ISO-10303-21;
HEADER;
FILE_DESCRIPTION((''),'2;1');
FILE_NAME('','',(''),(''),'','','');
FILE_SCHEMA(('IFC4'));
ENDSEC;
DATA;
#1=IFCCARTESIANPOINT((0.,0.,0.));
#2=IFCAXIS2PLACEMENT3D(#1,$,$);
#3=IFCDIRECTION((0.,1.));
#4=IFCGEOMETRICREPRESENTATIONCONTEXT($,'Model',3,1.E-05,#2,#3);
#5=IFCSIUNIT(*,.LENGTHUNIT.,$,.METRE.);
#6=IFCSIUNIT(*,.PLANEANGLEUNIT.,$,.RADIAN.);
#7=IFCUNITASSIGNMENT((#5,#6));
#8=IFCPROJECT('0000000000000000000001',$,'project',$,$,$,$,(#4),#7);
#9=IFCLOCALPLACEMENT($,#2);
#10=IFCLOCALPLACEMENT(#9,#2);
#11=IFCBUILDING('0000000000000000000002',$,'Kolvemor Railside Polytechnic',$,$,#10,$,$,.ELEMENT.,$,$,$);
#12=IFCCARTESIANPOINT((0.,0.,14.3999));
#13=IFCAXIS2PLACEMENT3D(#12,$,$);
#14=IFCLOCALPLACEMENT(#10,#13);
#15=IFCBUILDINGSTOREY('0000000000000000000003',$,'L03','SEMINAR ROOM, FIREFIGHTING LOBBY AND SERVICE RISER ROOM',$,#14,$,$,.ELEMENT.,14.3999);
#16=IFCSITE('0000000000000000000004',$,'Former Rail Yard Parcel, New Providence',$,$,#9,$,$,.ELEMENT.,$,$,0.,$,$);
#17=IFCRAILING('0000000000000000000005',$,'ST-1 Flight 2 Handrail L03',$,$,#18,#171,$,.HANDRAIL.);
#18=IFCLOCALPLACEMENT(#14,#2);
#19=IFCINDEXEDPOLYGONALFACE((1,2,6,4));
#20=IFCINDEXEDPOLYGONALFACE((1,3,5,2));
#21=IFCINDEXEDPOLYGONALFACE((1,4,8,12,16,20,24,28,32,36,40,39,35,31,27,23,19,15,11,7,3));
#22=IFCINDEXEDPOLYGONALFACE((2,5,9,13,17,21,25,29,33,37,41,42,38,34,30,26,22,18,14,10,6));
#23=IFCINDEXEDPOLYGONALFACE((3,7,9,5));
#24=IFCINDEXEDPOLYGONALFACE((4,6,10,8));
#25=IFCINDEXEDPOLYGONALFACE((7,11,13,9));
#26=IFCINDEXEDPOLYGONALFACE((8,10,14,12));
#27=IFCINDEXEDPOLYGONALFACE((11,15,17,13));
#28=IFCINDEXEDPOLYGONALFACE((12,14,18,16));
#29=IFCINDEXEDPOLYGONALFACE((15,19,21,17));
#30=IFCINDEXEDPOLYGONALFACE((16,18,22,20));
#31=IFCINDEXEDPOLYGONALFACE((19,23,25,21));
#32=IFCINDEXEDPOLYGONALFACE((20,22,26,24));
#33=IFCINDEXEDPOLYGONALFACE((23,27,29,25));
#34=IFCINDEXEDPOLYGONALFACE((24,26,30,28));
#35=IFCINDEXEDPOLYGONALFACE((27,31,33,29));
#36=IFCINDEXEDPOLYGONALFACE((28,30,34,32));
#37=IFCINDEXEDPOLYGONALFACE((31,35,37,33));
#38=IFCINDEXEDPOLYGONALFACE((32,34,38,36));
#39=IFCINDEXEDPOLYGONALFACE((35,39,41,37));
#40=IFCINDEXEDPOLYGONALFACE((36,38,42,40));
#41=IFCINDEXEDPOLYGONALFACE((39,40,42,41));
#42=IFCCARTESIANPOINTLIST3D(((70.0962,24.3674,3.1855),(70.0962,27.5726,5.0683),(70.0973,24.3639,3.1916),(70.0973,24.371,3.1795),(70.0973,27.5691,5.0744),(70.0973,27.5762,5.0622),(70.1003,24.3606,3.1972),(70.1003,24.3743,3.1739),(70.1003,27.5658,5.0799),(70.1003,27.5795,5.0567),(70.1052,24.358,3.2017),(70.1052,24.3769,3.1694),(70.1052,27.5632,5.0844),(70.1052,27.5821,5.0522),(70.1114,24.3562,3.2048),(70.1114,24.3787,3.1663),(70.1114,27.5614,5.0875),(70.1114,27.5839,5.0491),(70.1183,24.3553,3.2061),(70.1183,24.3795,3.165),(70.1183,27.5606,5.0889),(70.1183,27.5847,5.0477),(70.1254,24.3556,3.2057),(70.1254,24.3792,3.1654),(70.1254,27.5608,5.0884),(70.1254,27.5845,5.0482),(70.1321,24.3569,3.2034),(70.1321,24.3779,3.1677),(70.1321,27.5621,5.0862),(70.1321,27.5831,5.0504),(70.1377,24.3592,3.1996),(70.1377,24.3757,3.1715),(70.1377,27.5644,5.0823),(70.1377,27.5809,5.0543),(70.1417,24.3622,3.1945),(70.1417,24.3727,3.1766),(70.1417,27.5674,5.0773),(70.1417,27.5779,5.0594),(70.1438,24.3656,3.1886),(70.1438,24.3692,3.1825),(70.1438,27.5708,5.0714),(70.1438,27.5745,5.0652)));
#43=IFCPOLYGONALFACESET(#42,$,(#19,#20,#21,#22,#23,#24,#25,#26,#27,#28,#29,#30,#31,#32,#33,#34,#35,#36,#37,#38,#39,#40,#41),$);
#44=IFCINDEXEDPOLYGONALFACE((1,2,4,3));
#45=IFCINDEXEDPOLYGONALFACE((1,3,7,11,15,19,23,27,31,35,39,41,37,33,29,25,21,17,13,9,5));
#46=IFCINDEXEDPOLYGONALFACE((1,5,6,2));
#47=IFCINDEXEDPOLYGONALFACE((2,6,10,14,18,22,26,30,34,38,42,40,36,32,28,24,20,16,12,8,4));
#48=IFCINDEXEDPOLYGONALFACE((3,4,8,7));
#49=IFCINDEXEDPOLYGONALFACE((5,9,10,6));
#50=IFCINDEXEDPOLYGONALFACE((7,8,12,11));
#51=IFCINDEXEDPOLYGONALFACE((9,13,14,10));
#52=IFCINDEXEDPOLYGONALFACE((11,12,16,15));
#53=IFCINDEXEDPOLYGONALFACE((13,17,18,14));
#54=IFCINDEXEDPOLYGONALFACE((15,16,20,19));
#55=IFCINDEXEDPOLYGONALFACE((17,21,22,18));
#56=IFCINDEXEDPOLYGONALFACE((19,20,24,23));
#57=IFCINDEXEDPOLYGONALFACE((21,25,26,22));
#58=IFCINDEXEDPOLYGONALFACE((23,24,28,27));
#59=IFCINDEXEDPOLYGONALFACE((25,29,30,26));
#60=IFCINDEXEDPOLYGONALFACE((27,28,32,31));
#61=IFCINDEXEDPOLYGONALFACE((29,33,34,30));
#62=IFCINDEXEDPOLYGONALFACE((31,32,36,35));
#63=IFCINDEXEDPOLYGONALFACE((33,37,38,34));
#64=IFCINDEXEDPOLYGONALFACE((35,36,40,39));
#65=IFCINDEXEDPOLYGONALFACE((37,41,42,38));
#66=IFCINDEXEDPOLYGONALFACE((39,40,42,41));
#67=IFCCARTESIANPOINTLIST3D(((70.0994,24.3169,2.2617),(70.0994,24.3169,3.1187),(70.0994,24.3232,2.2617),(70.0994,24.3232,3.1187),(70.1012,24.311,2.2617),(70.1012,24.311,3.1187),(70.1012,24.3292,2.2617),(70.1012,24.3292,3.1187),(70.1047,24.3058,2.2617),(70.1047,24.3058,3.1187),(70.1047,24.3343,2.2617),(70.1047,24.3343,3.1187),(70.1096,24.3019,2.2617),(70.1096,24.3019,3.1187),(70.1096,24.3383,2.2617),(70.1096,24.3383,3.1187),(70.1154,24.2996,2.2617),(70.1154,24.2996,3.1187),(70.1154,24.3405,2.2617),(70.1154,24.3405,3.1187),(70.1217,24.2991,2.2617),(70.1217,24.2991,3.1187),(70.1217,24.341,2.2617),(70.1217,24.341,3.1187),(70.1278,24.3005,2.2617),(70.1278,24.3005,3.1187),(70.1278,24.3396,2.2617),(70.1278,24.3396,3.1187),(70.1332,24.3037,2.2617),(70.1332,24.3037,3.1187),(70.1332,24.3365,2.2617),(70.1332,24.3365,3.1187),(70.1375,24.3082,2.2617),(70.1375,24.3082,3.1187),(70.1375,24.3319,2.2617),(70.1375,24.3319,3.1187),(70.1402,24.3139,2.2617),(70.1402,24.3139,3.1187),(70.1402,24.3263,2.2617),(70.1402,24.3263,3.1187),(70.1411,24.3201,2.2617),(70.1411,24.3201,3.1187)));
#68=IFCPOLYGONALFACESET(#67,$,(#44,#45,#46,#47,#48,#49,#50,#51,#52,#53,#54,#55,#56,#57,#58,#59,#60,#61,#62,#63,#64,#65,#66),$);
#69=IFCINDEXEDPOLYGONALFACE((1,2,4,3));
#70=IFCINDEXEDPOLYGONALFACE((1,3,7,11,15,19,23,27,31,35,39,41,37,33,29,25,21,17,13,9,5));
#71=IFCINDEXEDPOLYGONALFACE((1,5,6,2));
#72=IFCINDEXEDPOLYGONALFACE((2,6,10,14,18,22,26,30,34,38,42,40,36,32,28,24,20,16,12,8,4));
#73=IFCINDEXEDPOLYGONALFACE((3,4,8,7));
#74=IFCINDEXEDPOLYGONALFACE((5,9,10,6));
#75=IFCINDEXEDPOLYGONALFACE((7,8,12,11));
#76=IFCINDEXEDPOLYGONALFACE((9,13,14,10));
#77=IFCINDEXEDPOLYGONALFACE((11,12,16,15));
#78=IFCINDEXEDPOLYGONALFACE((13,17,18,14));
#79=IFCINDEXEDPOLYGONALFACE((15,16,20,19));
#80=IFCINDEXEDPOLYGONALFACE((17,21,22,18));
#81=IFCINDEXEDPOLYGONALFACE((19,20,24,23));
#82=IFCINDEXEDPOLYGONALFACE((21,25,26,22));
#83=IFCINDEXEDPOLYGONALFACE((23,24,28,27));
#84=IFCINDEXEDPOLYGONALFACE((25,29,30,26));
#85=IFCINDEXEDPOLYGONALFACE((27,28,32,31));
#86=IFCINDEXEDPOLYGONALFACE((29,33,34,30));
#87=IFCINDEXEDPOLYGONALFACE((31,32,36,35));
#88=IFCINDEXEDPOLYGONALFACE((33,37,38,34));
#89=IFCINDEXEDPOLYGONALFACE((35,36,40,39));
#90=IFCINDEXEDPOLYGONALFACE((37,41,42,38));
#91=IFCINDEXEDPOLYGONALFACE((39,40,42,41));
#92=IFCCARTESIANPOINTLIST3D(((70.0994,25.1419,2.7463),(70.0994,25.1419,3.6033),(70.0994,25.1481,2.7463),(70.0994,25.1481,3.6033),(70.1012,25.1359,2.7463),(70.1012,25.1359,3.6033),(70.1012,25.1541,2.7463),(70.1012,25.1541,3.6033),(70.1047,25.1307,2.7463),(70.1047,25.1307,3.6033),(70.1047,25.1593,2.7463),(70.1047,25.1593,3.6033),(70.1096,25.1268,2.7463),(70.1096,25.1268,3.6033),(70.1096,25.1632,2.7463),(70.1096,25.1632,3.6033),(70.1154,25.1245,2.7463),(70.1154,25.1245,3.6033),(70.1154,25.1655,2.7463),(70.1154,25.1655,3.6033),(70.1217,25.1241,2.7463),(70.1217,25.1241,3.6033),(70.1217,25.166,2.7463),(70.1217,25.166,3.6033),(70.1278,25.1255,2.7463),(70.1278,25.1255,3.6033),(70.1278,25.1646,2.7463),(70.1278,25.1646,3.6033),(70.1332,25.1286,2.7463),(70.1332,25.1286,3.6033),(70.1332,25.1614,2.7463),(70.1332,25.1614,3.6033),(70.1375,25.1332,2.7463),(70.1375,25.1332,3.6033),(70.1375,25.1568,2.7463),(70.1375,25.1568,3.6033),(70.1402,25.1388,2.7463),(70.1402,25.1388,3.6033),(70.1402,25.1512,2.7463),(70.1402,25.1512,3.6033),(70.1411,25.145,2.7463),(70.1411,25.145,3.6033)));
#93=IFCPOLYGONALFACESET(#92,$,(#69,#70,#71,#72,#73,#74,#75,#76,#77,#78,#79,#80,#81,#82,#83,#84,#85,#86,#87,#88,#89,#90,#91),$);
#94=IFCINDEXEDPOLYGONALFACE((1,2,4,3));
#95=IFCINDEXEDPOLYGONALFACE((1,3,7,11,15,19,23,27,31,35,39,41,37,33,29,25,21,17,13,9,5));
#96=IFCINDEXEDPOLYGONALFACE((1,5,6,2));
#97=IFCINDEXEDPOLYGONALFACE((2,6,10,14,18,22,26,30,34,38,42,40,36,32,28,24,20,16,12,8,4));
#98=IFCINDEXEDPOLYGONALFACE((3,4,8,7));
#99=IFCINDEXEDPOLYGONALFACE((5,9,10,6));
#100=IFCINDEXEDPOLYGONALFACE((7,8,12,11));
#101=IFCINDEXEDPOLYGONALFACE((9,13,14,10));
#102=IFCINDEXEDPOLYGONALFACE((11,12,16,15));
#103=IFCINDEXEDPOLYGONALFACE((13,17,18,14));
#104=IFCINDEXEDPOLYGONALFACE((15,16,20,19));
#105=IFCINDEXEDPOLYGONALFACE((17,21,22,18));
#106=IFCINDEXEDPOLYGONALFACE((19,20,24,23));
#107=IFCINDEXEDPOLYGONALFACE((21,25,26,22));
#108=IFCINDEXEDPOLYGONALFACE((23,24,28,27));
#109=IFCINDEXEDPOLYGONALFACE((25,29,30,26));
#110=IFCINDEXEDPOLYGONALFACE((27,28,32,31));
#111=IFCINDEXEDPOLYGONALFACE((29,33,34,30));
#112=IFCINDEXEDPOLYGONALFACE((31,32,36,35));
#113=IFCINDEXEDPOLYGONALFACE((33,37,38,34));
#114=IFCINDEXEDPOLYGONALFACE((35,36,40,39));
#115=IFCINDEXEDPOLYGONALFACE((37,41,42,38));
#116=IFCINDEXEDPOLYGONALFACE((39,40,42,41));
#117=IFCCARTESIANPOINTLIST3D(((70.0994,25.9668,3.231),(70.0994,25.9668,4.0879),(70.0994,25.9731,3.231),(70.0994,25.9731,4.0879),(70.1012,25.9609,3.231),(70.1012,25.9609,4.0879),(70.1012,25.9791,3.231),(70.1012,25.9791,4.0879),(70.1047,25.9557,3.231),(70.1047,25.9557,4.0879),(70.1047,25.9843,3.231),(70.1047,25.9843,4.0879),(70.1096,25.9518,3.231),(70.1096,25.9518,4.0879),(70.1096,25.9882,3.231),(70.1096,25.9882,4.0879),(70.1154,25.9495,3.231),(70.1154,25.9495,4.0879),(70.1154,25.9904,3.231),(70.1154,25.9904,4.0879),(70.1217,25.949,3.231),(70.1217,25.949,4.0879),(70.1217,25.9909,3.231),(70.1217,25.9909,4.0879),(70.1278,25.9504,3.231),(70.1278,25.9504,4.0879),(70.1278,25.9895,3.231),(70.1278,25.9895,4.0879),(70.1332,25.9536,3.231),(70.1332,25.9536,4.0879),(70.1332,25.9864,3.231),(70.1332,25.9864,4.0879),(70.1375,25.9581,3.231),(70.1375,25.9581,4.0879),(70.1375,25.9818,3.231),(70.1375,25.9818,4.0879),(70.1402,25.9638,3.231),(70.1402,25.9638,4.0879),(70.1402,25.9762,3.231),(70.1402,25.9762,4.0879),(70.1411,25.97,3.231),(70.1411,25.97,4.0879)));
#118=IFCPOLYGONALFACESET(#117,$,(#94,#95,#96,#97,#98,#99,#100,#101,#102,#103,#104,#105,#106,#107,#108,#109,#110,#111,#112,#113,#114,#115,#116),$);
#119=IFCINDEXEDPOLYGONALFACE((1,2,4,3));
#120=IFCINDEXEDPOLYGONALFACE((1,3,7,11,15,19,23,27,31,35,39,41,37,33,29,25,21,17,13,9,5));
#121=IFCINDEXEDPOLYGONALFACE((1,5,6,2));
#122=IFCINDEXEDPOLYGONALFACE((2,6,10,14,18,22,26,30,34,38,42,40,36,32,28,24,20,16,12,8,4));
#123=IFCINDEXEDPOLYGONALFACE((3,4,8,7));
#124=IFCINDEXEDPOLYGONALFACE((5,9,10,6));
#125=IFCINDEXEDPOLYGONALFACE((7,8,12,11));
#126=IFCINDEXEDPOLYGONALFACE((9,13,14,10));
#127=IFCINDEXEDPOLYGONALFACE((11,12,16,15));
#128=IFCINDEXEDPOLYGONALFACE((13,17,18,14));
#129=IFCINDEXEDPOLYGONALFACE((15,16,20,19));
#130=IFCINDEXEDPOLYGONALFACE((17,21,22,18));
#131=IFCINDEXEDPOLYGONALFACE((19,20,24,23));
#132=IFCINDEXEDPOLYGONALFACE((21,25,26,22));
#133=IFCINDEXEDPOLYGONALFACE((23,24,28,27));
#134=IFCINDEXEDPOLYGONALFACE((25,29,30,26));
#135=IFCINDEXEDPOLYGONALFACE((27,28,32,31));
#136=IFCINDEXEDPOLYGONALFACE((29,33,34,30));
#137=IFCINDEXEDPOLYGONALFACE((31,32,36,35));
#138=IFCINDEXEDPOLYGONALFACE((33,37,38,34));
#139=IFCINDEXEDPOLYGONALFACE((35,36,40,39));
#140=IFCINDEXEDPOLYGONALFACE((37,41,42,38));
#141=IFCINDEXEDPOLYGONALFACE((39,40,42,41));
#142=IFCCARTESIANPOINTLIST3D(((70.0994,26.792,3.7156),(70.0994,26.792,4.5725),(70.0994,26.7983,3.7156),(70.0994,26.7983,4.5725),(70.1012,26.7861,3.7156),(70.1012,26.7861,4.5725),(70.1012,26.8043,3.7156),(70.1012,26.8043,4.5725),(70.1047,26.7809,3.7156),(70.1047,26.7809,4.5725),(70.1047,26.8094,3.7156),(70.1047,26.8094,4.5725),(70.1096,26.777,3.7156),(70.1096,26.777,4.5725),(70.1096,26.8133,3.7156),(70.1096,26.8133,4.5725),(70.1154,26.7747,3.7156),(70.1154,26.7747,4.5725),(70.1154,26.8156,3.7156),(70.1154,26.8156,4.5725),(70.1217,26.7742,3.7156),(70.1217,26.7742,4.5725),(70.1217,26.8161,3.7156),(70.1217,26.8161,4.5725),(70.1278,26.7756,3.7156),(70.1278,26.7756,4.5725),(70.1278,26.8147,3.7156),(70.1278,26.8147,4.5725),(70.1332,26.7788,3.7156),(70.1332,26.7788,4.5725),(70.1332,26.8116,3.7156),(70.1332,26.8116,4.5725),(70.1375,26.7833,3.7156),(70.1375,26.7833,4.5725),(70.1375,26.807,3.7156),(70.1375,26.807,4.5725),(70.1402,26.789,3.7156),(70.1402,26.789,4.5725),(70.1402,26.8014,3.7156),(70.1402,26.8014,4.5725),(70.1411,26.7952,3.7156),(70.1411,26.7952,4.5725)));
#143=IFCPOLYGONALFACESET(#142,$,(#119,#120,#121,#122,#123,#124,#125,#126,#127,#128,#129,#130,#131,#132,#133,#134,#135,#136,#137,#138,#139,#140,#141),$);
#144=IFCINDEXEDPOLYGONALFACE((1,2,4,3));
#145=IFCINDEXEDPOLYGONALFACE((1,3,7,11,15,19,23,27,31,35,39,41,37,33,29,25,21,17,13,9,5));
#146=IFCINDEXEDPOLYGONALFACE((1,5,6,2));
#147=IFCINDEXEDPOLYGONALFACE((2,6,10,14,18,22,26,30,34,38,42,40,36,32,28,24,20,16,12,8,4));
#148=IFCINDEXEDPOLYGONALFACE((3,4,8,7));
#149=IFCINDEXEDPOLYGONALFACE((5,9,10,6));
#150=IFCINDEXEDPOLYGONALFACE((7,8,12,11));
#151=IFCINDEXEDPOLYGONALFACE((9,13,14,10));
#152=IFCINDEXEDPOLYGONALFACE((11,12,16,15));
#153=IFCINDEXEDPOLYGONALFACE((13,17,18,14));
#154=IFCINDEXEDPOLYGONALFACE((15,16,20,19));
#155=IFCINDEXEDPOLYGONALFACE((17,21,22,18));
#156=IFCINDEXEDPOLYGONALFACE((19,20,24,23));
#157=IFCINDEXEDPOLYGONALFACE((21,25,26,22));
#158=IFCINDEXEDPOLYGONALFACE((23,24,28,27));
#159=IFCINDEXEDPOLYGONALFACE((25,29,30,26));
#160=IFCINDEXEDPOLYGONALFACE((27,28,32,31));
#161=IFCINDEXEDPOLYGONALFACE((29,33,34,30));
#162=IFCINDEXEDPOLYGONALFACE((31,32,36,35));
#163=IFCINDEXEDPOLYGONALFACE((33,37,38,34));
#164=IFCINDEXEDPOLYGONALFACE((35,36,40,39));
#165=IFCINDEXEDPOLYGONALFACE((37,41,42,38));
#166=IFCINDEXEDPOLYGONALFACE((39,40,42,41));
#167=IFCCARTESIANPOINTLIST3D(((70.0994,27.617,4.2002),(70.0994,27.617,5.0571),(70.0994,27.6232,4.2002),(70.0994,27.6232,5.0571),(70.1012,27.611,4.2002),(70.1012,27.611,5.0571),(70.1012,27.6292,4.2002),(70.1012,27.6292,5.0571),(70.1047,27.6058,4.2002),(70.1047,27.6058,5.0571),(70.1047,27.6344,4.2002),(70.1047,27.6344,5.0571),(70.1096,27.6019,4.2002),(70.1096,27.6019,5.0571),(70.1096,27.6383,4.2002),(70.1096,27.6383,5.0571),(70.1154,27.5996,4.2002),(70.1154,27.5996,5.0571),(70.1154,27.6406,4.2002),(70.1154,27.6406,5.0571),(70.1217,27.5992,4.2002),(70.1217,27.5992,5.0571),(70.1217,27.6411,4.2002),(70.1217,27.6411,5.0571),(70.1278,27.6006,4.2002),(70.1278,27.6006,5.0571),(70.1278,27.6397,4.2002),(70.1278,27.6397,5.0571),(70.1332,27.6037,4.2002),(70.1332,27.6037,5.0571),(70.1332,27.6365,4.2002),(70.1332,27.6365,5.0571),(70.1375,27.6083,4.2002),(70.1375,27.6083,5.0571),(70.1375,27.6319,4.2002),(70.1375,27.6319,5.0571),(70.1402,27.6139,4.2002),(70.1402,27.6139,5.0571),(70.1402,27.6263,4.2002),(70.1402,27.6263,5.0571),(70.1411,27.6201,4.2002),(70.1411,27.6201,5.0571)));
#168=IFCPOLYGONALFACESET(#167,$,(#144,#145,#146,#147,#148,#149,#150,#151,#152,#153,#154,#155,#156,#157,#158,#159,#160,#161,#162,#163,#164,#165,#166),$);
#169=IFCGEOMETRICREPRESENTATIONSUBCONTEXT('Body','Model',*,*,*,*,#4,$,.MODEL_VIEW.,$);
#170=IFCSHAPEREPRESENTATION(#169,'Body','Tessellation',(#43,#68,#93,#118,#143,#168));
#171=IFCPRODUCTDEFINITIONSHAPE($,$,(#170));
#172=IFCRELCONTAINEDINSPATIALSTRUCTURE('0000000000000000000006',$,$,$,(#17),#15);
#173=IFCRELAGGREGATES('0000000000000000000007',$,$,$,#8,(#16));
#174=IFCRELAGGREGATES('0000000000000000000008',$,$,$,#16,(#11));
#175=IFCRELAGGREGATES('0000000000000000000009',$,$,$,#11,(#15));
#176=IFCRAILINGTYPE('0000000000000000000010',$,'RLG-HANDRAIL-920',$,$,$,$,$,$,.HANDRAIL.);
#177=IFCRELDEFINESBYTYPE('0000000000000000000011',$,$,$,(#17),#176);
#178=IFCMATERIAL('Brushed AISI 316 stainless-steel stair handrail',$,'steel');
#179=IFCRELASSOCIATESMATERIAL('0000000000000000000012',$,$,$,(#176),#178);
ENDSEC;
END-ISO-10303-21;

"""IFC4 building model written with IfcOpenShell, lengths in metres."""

from ifc_helpers import new_model, si_unit, direction, frame, origin, origin_2d, place, context, subcontext, project, spatial, circle, extrude, material, type_object, element, save


model = new_model("IFC4")

# Units and contexts
model_context = context("Model", 3, precision=1e-05, world=origin(), true_north=direction((0.0, 1.0)))
body_context = subcontext(model_context, "Body", "Model", "MODEL_VIEW")
ifc_project = project(units=[si_unit("LENGTHUNIT", "METRE"), si_unit("PLANEANGLEUNIT", "RADIAN")], contexts=[model_context])

# Site, building, storey
site_placement = place(None, origin())
site = spatial("IfcSite", under=ifc_project, at=site_placement, Name="Former Rail Yard Parcel, New Providence", CompositionType="ELEMENT", RefElevation=0.0)
building_placement = place(site_placement, origin())
building = spatial("IfcBuilding", under=site, at=building_placement, Name="Kolvemor Railside Polytechnic", CompositionType="ELEMENT")
storey_placement = place(building_placement, frame((0.0, 0.0, 14.3999)))
storey = spatial("IfcBuildingStorey", under=building, at=storey_placement, Name="L03", Description="SEMINAR ROOM, FIREFIGHTING LOBBY AND SERVICE RISER ROOM", CompositionType="ELEMENT", Elevation=14.3999)

# Railing
ifc_material_1 = material(Name="Brushed AISI 316 stainless-steel stair handrail", Category="steel")
railing_type_1 = type_object("IfcRailingType", Name="RLG-HANDRAIL-920", PredefinedType="HANDRAIL", material=ifc_material_1)
railing_1_placement = place(storey_placement, frame((70.1201, 24.3201, 2.2617)))
element("IfcRailing", 1, at=railing_1_placement, inside=storey, type_object=railing_type_1, Name="ST-1 Flight 2 Handrail L03", PredefinedType="HANDRAIL", context=body_context, shape_type="SweptSolid", body=[
    extrude(circle(Radius=0.0239, at=origin_2d()), frame((0.0, 0.0474, 0.9238), z_axis=(0.0, 0.862246, 0.50649), x_axis=(-1.0, 0.0, 0.0)), (0.0, 0.0, 1.0), 3.7173),
    extrude(circle(Radius=0.021, at=origin_2d()), origin(), (0.0, 0.0, 1.0), 0.8569),
    extrude(circle(Radius=0.021, at=origin_2d()), frame((0.0, 0.825, 0.4846)), (0.0, 0.0, 1.0), 0.8569),
    extrude(circle(Radius=0.021, at=origin_2d()), frame((0.0, 1.6499, 0.9692)), (0.0, 0.0, 1.0), 0.8569),
    extrude(circle(Radius=0.021, at=origin_2d()), frame((0.0, 2.4751, 1.4539)), (0.0, 0.0, 1.0), 0.8569),
    extrude(circle(Radius=0.021, at=origin_2d()), frame((0.0, 3.3, 1.9385)), (0.0, 0.0, 1.0), 0.8569),
])

save(model, "model.ifc")
